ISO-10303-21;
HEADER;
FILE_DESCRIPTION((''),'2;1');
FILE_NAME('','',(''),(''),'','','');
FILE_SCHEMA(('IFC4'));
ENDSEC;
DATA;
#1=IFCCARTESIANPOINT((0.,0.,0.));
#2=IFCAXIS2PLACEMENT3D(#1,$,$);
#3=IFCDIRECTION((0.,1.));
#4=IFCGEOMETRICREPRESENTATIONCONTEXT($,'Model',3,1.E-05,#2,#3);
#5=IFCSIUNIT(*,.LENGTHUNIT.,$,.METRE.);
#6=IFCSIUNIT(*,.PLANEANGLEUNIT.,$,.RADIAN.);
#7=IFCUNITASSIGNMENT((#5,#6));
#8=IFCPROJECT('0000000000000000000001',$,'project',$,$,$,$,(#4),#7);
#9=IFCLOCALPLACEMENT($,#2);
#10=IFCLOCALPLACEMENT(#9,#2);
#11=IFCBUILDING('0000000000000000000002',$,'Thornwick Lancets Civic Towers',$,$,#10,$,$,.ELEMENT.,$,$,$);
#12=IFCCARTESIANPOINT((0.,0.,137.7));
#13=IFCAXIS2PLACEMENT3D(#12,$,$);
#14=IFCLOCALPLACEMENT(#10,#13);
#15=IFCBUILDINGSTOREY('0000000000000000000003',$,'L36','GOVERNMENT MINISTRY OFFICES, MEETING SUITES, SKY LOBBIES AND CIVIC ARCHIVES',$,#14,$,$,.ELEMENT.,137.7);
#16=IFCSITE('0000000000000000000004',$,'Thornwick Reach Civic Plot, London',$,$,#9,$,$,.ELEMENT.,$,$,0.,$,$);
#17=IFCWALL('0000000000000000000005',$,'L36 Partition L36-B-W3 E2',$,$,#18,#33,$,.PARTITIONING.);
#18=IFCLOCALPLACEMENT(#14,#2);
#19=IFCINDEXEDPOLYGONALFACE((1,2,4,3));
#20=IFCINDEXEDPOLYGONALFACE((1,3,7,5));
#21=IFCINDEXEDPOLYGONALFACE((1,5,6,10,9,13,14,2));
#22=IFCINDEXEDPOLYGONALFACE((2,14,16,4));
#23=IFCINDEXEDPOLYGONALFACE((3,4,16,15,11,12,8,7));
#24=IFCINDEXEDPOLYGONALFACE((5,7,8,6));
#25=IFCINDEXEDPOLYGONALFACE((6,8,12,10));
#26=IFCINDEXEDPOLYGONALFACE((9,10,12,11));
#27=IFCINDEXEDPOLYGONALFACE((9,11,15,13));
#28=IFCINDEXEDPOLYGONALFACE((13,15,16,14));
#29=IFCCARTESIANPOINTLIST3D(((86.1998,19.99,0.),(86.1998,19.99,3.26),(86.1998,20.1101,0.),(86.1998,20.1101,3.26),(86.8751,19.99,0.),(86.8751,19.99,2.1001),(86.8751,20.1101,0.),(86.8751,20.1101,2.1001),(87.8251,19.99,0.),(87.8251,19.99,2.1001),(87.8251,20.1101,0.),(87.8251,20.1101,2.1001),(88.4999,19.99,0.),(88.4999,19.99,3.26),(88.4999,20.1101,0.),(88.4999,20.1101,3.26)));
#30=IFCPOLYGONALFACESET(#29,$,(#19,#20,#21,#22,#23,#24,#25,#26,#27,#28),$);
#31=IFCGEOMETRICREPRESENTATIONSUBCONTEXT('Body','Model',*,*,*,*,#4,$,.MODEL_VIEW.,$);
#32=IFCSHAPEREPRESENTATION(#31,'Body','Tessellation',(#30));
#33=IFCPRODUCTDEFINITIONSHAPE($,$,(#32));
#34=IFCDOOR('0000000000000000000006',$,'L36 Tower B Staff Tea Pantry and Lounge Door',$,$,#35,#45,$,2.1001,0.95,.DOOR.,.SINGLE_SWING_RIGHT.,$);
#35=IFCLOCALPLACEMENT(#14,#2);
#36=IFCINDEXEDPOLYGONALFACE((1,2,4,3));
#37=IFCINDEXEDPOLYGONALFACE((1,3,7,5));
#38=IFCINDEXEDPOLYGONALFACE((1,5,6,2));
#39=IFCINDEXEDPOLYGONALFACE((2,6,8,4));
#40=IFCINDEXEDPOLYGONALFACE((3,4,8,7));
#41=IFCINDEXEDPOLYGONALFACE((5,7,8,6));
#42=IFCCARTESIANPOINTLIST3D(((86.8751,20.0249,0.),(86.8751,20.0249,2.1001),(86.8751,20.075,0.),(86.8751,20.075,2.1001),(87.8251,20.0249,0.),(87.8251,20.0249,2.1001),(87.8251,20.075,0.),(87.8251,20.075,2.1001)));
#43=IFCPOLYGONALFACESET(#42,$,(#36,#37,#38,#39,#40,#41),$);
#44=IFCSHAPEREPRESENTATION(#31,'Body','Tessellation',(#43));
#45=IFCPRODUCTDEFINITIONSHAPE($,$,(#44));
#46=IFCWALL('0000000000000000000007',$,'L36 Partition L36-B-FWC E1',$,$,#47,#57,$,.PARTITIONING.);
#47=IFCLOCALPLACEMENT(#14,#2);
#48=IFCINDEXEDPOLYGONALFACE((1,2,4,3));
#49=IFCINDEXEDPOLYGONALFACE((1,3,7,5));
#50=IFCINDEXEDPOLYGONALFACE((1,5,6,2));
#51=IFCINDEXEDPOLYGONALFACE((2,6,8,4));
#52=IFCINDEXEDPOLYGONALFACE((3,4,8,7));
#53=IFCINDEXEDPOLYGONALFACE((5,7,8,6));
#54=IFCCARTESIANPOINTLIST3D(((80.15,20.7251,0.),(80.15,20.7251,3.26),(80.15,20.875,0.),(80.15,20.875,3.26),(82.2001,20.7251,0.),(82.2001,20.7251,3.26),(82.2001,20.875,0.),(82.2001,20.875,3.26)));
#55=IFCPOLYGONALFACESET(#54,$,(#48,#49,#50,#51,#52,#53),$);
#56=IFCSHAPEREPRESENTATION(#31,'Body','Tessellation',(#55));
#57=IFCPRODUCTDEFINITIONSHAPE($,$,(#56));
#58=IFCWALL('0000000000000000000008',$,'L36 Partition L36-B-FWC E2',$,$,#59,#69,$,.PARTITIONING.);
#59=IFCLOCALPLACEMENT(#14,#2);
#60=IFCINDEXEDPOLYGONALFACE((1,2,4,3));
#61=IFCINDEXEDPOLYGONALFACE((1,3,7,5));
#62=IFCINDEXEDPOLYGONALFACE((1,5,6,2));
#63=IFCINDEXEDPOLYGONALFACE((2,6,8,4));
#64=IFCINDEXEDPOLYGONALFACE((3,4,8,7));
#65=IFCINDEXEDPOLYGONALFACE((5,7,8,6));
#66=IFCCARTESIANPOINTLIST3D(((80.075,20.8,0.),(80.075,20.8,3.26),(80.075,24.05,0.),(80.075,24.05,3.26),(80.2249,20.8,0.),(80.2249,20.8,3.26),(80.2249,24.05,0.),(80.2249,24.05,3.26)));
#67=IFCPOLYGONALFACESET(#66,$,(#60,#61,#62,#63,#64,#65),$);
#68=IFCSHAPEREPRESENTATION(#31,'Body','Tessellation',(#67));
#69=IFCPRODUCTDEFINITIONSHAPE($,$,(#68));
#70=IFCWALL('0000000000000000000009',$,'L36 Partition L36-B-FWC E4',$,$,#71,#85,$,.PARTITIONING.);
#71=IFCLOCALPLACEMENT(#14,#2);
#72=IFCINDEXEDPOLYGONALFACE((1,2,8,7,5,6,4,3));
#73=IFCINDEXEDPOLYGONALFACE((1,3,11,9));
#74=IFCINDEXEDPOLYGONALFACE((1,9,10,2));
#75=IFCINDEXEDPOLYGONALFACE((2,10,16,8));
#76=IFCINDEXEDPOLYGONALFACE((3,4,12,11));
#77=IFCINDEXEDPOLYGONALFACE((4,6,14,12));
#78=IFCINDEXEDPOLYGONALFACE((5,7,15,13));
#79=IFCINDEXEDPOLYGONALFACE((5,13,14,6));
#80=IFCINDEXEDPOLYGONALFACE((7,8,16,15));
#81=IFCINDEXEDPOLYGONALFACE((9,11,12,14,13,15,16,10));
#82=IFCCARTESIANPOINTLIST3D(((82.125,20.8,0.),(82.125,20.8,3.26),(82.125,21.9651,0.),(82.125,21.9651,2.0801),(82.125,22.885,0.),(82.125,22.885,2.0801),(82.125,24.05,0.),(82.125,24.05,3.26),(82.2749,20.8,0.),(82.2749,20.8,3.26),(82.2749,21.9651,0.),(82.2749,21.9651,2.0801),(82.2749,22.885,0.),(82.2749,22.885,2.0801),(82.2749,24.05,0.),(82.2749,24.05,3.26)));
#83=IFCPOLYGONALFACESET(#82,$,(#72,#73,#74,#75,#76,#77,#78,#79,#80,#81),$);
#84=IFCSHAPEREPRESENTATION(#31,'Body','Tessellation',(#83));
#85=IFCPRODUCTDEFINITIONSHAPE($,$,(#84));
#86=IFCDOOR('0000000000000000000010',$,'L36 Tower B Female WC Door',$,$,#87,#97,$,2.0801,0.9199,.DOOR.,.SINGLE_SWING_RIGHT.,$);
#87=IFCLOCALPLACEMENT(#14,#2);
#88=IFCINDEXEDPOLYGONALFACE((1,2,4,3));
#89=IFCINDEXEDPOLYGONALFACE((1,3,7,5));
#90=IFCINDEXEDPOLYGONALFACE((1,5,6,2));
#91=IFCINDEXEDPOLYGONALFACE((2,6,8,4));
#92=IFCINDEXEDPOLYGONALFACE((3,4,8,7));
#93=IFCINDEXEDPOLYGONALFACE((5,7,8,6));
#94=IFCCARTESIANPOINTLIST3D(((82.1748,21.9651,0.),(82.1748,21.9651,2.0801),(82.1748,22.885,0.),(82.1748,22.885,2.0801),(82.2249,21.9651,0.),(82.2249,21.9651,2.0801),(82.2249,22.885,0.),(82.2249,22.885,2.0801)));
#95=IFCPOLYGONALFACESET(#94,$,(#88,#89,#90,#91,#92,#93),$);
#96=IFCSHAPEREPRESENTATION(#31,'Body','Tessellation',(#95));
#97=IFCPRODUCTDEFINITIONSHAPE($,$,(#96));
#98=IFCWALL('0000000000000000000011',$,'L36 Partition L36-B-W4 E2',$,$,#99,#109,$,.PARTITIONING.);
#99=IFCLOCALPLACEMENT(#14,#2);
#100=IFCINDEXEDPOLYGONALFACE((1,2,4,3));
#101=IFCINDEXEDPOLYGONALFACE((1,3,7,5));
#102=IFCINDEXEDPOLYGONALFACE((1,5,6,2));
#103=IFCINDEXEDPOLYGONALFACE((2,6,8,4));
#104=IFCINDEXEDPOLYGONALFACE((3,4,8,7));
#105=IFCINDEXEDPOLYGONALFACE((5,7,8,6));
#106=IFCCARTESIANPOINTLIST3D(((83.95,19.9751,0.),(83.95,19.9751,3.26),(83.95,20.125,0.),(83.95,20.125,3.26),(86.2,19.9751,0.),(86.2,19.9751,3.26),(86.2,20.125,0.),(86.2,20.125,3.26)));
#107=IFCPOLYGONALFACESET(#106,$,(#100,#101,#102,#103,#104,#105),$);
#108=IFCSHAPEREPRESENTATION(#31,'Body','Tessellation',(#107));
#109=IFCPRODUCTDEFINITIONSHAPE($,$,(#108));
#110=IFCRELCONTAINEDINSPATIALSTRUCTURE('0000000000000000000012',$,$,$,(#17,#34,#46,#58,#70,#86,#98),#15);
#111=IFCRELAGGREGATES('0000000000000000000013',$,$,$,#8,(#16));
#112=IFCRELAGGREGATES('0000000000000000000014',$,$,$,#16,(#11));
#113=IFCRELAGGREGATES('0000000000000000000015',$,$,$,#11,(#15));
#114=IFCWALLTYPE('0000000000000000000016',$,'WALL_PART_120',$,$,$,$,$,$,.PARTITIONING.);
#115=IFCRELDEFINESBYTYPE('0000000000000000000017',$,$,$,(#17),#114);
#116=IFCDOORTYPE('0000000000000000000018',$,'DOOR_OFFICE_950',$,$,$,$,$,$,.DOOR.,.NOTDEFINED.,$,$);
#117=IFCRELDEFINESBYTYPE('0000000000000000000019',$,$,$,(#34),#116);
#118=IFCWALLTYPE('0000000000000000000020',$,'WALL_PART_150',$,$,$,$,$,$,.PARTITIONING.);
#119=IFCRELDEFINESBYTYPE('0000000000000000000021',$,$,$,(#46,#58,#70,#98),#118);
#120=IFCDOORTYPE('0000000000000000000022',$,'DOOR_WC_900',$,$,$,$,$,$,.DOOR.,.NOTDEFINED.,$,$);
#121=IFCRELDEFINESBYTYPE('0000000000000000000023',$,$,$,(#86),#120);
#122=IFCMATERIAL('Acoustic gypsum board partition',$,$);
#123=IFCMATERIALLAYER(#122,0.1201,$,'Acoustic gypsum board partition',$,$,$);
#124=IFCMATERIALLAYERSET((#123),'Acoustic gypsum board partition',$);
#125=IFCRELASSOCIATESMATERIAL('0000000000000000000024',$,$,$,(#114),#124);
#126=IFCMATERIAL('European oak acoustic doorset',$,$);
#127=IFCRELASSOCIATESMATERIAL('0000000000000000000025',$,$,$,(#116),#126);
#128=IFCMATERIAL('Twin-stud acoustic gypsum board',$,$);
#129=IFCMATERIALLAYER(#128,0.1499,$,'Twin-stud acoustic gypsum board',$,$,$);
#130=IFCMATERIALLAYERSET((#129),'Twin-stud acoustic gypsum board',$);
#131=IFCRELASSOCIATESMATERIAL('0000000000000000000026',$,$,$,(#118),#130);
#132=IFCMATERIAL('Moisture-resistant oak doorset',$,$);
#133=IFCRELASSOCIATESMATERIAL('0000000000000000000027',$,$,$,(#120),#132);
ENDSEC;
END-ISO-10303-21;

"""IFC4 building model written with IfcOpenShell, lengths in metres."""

from ifc_helpers import new_model, si_unit, direction, frame, frame_2d, origin, place, context, subcontext, project, spatial, rectangle, extrude, material, layer, layer_set, type_object, element, fill, save


model = new_model("IFC4")

# Units and contexts
model_context = context("Model", 3, precision=1e-05, world=origin(), true_north=direction((0.0, 1.0)))
body_context = subcontext(model_context, "Body", "Model", "MODEL_VIEW")
ifc_project = project(units=[si_unit("LENGTHUNIT", "METRE"), si_unit("PLANEANGLEUNIT", "RADIAN")], contexts=[model_context])

# Site, building, storey
site_placement = place(None, origin())
site = spatial("IfcSite", under=ifc_project, at=site_placement, Name="Thornwick Reach Civic Plot, London", CompositionType="ELEMENT", RefElevation=0.0)
building_placement = place(site_placement, origin())
building = spatial("IfcBuilding", under=site, at=building_placement, Name="Thornwick Lancets Civic Towers", CompositionType="ELEMENT")
storey_placement = place(building_placement, frame((0.0, 0.0, 137.7)))
storey = spatial("IfcBuildingStorey", under=building, at=storey_placement, Name="L36", Description="GOVERNMENT MINISTRY OFFICES, MEETING SUITES, SKY LOBBIES AND CIVIC ARCHIVES", CompositionType="ELEMENT", Elevation=137.7)

# Wall, opening, door
ifc_material_1 = material(Name="Acoustic gypsum board partition")
ifc_layer_1 = layer(ifc_material_1, 0.1201, Name="Acoustic gypsum board partition")
ifc_layer_set_1 = layer_set([ifc_layer_1], Name="Acoustic gypsum board partition")
wall_type_1 = type_object("IfcWallType", Name="WALL_PART_120", PredefinedType="PARTITIONING", material=ifc_layer_set_1)
wall_1_placement = place(storey_placement, frame((86.2, 20.05, 0.0), z_axis=(0.0, 0.0, 1.0), x_axis=(1.0, 0.0, 0.0)))
wall_1 = element("IfcWall", 1, at=wall_1_placement, inside=storey, type_object=wall_type_1, Name="L36 Partition L36-B-W3 E2", PredefinedType="PARTITIONING", context=body_context, shape_type="SweptSolid", body=[
    extrude(rectangle(XDim=2.3, YDim=0.1201, at=frame_2d((1.1499, 0.0))), origin(), (0.0, 0.0, 1.0), 3.26),
])
opening_1_placement = place(wall_1_placement, frame((0.675, 0.0, 0.0)))
opening_1 = element("IfcOpeningElement", 2, at=opening_1_placement, cuts=wall_1, PredefinedType="OPENING", context=body_context, shape_type="SweptSolid", body=[
    extrude(rectangle(XDim=0.95, YDim=2.1001, at=frame_2d((0.4751, 1.05))), frame((0.0, 0.0701, 0.0), z_axis=(0.0, -1.0, 0.0), x_axis=(1.0, 0.0, 0.0)), (0.0, 0.0, 1.0), 0.1401),
])
ifc_material_2 = material(Name="European oak acoustic doorset")
door_type_1 = type_object("IfcDoorType", Name="DOOR_OFFICE_950", OperationType="NOTDEFINED", PredefinedType="DOOR", material=ifc_material_2)
door_1_placement = place(opening_1_placement, origin())
door_1 = element("IfcDoor", 3, at=door_1_placement, inside=storey, type_object=door_type_1, Name="L36 Tower B Staff Tea Pantry and Lounge Door", OperationType="SINGLE_SWING_RIGHT", OverallHeight=2.1001, OverallWidth=0.95, PredefinedType="DOOR", context=body_context, shape_type="SweptSolid", body=[
    extrude(rectangle(XDim=0.95, YDim=2.1001, at=frame_2d((0.4751, 1.05))), frame((0.0, 0.0249, 0.0), z_axis=(0.0, -1.0, 0.0), x_axis=(1.0, 0.0, 0.0)), (0.0, 0.0, 1.0), 0.05),
])
fill(opening_1, door_1)

# Walls
ifc_material_3 = material(Name="Twin-stud acoustic gypsum board")
ifc_layer_2 = layer(ifc_material_3, 0.1499, Name="Twin-stud acoustic gypsum board")
ifc_layer_set_2 = layer_set([ifc_layer_2], Name="Twin-stud acoustic gypsum board")
wall_type_2 = type_object("IfcWallType", Name="WALL_PART_150", PredefinedType="PARTITIONING", material=ifc_layer_set_2)
wall_2_placement = place(storey_placement, frame((82.2, 20.8, 0.0), z_axis=(0.0, 0.0, 1.0), x_axis=(-1.0, 0.0, 0.0)))
element("IfcWall", 4, at=wall_2_placement, inside=storey, type_object=wall_type_2, Name="L36 Partition L36-B-FWC E1", PredefinedType="PARTITIONING", context=body_context, shape_type="SweptSolid", body=[
    extrude(rectangle(XDim=2.05, YDim=0.1499, at=frame_2d((1.0249, 0.0))), origin(), (0.0, 0.0, 1.0), 3.26),
])
wall_3_placement = place(storey_placement, frame((80.1499, 20.8, 0.0), z_axis=(0.0, 0.0, 1.0), x_axis=(0.0, 1.0, 0.0)))
element("IfcWall", 5, at=wall_3_placement, inside=storey, type_object=wall_type_2, Name="L36 Partition L36-B-FWC E2", PredefinedType="PARTITIONING", context=body_context, shape_type="SweptSolid", body=[
    extrude(rectangle(XDim=3.25, YDim=0.1499, at=frame_2d((1.625, 0.0))), origin(), (0.0, 0.0, 1.0), 3.26),
])

# Wall, opening, door
wall_4_placement = place(storey_placement, frame((82.2, 24.05, 0.0), z_axis=(0.0, 0.0, 1.0), x_axis=(0.0, -1.0, 0.0)))
wall_4 = element("IfcWall", 6, at=wall_4_placement, inside=storey, type_object=wall_type_2, Name="L36 Partition L36-B-FWC E4", PredefinedType="PARTITIONING", context=body_context, shape_type="SweptSolid", body=[
    extrude(rectangle(XDim=3.25, YDim=0.1499, at=frame_2d((1.625, 0.0))), origin(), (0.0, 0.0, 1.0), 3.26),
])
opening_2_placement = place(wall_4_placement, frame((1.165, 0.0, 0.0)))
opening_2 = element("IfcOpeningElement", 7, at=opening_2_placement, cuts=wall_4, PredefinedType="OPENING", context=body_context, shape_type="SweptSolid", body=[
    extrude(rectangle(XDim=0.9199, YDim=2.0801, at=frame_2d((0.46, 1.04))), frame((0.0, 0.085, 0.0), z_axis=(0.0, -1.0, 0.0), x_axis=(1.0, 0.0, 0.0)), (0.0, 0.0, 1.0), 0.1699),
])
ifc_material_4 = material(Name="Moisture-resistant oak doorset")
door_type_2 = type_object("IfcDoorType", Name="DOOR_WC_900", OperationType="NOTDEFINED", PredefinedType="DOOR", material=ifc_material_4)
door_2_placement = place(opening_2_placement, origin())
door_2 = element("IfcDoor", 8, at=door_2_placement, inside=storey, type_object=door_type_2, Name="L36 Tower B Female WC Door", OperationType="SINGLE_SWING_RIGHT", OverallHeight=2.0801, OverallWidth=0.9199, PredefinedType="DOOR", context=body_context, shape_type="SweptSolid", body=[
    extrude(rectangle(XDim=0.9199, YDim=2.0801, at=frame_2d((0.46, 1.04))), frame((0.0, 0.0249, 0.0), z_axis=(0.0, -1.0, 0.0), x_axis=(1.0, 0.0, 0.0)), (0.0, 0.0, 1.0), 0.05),
])
fill(opening_2, door_2)

# Wall
wall_5_placement = place(storey_placement, frame((83.95, 20.05, 0.0), z_axis=(0.0, 0.0, 1.0), x_axis=(1.0, 0.0, 0.0)))
element("IfcWall", 9, at=wall_5_placement, inside=storey, type_object=wall_type_2, Name="L36 Partition L36-B-W4 E2", PredefinedType="PARTITIONING", context=body_context, shape_type="SweptSolid", body=[
    extrude(rectangle(XDim=2.25, YDim=0.1499, at=frame_2d((1.125, 0.0))), origin(), (0.0, 0.0, 1.0), 3.26),
])

save(model, "model.ifc")
